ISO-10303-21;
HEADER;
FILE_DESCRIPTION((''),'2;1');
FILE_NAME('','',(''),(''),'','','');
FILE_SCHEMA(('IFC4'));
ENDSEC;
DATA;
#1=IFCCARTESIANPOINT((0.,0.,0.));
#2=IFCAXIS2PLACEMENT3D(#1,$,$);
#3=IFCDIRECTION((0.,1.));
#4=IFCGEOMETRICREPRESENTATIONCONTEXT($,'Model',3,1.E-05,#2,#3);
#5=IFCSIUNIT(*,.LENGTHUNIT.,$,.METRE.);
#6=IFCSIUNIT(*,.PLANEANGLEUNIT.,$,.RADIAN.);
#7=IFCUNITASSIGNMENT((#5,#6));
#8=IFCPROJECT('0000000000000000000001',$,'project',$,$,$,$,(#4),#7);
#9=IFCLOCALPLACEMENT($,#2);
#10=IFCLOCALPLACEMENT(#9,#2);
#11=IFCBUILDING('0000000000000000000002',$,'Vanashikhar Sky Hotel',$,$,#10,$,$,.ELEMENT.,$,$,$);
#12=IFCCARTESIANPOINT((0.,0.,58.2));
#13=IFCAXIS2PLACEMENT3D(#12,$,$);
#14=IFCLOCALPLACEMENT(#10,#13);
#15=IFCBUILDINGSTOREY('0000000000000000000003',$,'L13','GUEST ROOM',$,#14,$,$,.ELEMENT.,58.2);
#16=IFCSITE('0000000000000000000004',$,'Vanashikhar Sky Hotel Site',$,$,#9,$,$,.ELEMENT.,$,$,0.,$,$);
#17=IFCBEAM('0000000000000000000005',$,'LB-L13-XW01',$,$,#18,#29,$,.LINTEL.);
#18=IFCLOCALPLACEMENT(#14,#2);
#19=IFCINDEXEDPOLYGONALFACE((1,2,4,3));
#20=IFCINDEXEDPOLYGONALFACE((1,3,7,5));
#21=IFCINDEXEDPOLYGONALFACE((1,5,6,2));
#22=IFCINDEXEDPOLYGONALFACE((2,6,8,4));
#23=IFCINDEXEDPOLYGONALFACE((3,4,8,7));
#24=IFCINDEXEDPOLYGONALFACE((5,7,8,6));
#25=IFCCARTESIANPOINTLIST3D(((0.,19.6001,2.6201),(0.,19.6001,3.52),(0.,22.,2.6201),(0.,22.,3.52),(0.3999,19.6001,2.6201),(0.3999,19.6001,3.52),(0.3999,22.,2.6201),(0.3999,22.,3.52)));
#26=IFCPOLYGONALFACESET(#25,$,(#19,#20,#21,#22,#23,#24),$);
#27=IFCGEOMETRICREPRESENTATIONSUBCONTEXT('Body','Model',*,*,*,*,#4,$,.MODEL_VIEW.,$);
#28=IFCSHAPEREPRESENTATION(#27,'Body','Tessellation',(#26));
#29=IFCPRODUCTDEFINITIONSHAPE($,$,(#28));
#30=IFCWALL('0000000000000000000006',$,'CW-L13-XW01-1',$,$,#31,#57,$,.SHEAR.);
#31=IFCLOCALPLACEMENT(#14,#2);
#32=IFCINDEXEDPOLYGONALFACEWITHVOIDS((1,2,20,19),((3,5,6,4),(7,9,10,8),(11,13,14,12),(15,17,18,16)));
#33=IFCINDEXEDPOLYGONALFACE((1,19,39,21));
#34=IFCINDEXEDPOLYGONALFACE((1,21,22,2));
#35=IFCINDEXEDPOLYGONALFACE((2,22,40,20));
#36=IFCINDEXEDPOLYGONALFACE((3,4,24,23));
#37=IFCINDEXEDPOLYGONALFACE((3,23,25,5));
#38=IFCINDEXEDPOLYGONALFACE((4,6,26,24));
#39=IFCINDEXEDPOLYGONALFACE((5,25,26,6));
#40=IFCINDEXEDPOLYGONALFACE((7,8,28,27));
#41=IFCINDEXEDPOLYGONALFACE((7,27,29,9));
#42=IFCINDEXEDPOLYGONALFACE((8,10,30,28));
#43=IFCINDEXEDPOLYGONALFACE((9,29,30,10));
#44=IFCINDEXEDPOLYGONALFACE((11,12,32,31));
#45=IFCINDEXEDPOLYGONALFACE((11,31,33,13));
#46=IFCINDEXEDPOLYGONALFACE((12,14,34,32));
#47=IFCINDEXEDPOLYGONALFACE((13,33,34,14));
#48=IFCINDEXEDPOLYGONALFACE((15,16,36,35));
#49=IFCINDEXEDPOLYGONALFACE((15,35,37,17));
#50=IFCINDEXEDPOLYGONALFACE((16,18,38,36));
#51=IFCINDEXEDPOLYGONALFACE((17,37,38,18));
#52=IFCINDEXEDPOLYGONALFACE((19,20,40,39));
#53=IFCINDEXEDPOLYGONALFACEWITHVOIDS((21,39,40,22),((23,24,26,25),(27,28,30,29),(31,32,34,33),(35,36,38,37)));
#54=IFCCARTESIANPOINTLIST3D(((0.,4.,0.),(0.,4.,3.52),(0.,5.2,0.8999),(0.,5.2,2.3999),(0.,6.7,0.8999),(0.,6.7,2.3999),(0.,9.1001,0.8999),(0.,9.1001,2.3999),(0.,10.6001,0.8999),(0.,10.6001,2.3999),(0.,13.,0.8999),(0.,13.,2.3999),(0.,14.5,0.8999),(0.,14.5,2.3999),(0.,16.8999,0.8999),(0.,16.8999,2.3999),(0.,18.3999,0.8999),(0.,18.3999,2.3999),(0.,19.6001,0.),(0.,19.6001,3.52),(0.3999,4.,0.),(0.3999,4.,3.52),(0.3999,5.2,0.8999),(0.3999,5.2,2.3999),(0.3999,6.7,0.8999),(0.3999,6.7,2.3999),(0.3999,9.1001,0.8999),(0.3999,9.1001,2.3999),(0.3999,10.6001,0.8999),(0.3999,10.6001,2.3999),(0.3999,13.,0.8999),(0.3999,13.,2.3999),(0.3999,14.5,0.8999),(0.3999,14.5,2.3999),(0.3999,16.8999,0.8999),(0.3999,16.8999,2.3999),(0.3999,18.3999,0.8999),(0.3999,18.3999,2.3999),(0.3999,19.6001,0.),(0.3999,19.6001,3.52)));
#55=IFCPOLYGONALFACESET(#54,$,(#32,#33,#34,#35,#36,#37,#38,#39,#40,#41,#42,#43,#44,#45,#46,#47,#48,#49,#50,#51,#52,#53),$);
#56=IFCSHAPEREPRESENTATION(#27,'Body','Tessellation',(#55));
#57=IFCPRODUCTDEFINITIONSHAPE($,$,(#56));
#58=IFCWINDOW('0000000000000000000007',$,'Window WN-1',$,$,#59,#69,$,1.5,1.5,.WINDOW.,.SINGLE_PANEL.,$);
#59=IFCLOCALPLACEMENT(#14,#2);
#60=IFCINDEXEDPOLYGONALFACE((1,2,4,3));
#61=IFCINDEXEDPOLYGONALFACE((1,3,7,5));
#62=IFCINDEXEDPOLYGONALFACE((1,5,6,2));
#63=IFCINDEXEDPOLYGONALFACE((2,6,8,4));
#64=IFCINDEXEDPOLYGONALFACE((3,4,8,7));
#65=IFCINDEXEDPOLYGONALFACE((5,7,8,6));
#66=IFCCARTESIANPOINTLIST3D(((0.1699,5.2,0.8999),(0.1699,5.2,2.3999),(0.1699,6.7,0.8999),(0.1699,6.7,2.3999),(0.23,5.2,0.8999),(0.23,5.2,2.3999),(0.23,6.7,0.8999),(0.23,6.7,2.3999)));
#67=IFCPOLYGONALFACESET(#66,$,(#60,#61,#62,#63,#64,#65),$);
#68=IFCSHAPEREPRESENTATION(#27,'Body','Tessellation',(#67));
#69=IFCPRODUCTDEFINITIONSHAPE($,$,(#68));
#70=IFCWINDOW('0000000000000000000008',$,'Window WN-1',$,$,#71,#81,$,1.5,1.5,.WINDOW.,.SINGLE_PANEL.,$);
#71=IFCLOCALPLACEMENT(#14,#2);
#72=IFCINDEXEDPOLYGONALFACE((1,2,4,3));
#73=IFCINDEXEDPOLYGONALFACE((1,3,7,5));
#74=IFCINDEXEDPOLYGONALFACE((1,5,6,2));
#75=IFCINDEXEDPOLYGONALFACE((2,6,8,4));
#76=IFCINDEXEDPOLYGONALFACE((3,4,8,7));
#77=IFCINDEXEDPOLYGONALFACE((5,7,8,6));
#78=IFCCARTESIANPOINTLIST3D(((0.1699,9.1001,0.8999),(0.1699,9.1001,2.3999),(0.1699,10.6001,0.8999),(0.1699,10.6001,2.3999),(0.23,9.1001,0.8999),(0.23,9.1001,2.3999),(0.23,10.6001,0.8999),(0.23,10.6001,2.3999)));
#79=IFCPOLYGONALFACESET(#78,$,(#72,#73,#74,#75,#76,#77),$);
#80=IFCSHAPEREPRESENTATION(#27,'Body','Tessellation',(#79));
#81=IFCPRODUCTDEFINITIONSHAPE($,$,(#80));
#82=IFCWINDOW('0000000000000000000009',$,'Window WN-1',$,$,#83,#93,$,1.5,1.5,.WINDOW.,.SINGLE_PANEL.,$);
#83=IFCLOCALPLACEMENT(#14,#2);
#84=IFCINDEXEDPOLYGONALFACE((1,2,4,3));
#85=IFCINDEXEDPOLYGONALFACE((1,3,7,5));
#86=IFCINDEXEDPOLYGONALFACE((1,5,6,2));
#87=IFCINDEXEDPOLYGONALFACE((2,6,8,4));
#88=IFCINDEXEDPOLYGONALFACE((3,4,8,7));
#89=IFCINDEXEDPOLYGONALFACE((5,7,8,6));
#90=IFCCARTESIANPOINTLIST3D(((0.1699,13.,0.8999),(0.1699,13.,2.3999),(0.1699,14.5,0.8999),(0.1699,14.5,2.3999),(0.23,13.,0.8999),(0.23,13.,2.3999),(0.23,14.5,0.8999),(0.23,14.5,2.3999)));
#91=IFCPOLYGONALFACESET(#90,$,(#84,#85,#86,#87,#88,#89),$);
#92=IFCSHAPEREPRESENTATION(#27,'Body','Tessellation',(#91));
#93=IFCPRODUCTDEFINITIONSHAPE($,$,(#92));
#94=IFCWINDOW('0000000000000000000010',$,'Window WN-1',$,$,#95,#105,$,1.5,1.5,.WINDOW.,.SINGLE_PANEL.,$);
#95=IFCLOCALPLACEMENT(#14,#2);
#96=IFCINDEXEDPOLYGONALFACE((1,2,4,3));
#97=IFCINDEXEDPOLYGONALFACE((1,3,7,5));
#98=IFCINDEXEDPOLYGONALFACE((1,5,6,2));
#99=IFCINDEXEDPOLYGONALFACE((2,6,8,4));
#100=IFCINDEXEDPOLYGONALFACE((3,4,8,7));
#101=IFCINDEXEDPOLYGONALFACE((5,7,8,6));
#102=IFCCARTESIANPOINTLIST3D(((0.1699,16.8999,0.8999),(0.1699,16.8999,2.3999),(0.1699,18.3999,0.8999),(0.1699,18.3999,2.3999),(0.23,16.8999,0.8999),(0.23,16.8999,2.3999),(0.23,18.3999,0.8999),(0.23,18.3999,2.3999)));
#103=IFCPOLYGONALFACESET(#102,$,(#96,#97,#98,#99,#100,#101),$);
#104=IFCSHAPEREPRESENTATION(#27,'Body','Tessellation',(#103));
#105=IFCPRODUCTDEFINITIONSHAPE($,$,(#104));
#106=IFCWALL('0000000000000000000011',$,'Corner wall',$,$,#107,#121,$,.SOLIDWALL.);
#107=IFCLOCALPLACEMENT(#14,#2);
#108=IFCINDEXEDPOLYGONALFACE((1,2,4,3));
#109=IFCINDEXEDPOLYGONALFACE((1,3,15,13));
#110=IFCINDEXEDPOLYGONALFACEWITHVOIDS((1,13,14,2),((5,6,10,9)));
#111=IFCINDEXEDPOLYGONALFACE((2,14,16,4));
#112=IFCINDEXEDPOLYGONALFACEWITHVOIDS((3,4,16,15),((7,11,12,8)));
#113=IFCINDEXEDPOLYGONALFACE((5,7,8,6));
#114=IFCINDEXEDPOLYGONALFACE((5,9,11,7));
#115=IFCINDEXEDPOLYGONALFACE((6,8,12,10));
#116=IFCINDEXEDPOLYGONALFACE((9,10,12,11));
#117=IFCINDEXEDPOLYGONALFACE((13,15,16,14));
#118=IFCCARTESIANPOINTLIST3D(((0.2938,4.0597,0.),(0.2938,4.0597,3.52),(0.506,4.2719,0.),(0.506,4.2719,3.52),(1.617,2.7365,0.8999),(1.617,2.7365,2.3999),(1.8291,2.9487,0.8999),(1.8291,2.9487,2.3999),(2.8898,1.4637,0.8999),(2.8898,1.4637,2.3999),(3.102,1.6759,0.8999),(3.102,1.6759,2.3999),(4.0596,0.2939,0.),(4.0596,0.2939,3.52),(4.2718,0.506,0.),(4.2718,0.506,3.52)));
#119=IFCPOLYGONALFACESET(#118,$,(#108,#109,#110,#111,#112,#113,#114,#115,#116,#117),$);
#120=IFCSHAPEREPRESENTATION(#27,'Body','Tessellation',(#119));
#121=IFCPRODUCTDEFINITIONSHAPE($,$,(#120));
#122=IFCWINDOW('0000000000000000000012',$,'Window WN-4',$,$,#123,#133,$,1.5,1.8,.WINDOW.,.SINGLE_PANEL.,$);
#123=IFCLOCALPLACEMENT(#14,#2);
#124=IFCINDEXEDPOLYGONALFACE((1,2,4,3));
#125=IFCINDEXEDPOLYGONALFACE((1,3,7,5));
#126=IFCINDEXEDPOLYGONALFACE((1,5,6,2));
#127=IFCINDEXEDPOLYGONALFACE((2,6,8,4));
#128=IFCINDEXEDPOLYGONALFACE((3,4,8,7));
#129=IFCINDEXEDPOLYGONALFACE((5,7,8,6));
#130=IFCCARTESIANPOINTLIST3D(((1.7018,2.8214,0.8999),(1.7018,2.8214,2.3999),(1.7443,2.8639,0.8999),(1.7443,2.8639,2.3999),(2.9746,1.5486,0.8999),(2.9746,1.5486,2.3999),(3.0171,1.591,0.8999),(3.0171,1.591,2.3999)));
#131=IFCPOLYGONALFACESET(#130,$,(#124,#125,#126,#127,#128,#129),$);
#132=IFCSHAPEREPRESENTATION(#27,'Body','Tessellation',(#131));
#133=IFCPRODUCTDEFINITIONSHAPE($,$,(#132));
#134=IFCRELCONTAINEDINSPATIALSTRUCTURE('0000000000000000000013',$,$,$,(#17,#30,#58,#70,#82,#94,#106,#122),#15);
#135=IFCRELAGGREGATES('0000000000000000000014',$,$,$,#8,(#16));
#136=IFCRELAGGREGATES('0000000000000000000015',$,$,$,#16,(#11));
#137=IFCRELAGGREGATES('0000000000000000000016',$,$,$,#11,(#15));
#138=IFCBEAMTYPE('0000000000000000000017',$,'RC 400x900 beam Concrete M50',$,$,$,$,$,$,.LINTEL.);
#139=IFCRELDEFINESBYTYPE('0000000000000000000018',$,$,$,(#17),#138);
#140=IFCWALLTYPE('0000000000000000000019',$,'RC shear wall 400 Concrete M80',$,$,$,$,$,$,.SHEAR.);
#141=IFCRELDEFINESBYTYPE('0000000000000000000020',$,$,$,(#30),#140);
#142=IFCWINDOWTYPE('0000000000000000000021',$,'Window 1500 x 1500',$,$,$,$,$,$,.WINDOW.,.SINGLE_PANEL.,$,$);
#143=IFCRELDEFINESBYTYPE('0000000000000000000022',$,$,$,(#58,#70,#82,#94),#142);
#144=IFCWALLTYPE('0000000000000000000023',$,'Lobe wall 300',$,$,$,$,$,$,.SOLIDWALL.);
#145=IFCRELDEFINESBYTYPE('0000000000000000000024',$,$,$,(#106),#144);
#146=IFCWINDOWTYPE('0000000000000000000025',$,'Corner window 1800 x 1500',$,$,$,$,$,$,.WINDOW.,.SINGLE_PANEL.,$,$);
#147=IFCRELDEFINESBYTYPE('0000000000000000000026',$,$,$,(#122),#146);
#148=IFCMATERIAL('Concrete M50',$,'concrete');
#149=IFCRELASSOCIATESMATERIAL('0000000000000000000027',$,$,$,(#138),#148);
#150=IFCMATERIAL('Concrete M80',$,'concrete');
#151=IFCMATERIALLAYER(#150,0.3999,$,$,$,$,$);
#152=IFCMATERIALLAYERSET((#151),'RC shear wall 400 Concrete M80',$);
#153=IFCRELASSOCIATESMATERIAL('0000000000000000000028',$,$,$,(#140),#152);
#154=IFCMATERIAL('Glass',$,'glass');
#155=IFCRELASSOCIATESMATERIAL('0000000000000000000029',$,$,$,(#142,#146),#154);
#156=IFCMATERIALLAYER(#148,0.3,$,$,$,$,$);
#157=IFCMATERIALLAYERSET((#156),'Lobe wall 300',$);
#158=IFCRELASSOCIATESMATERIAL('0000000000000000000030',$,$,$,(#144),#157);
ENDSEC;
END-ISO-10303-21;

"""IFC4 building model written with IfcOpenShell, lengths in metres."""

from ifc_helpers import new_model, si_unit, direction, frame, frame_2d, origin, origin_2d, place, context, subcontext, project, spatial, rectangle, extrude, source, transform, mapped, material, layer, layer_set, material_profile, profile_set, type_object, element, fill, save


model = new_model("IFC4")

# Units and contexts
model_context = context("Model", 3, precision=1e-05, world=origin(), true_north=direction((0.0, 1.0)))
body_context = subcontext(model_context, "Body", "Model", "MODEL_VIEW")
ifc_project = project(units=[si_unit("LENGTHUNIT", "METRE"), si_unit("PLANEANGLEUNIT", "RADIAN")], contexts=[model_context])

# Site, building, storey
site_placement = place(None, origin())
site = spatial("IfcSite", under=ifc_project, at=site_placement, Name="Vanashikhar Sky Hotel Site", CompositionType="ELEMENT", RefElevation=0.0)
building_placement = place(site_placement, origin())
building = spatial("IfcBuilding", under=site, at=building_placement, Name="Vanashikhar Sky Hotel", CompositionType="ELEMENT")
storey_placement = place(building_placement, frame((0.0, 0.0, 58.2)))
storey = spatial("IfcBuildingStorey", under=building, at=storey_placement, Name="L13", Description="GUEST ROOM", CompositionType="ELEMENT", Elevation=58.2)

# Beam
ifc_material_1 = material(Name="Concrete M50", Category="concrete")
ifc_material_profile = material_profile(ifc_material_1, rectangle(XDim=0.3999, YDim=0.8999, at=origin_2d()))
ifc_profile_set = profile_set([ifc_material_profile], Name="RC 400x900 beam Concrete M50")
beam_type = type_object("IfcBeamType", Name="RC 400x900 beam Concrete M50", PredefinedType="LINTEL", material=ifc_profile_set)
shared_shape_1 = source(origin(), body_context, "Body", "SweptSolid", [
    extrude(rectangle(XDim=0.3999, YDim=0.8999, at=origin_2d()), origin(), (0.0, 0.0, 1.0), 2.3999),
])
beam_placement = place(storey_placement, frame((0.2, 19.6001, 3.0701), z_axis=(0.0, 1.0, 0.0), x_axis=(-1.0, 0.0, 0.0)))
element("IfcBeam", 1, at=beam_placement, inside=storey, type_object=beam_type, Name="LB-L13-XW01", PredefinedType="LINTEL", context=body_context, shape_type="MappedRepresentation", body=[
    mapped(shared_shape_1, transform((0.0, 0.0, 0.0), scale=1.0)),
])

# Wall, openings, windows
ifc_material_2 = material(Name="Concrete M80", Category="concrete")
ifc_layer_1 = layer(ifc_material_2, 0.3999)
ifc_layer_set_1 = layer_set([ifc_layer_1], Name="RC shear wall 400 Concrete M80")
wall_type_1 = type_object("IfcWallType", Name="RC shear wall 400 Concrete M80", PredefinedType="SHEAR", material=ifc_layer_set_1)
shared_shape_2 = source(origin(), body_context, "Body", "SweptSolid", [
    extrude(rectangle(XDim=15.6001, YDim=0.3999, at=frame_2d((7.8, 0.0))), origin(), (0.0, 0.0, 1.0), 3.52),
])
wall_1_placement = place(storey_placement, frame((0.2, 4.0, 0.0), z_axis=(0.0, 0.0, 1.0), x_axis=(0.0, 1.0, 0.0)))
wall_1 = element("IfcWall", 2, at=wall_1_placement, inside=storey, type_object=wall_type_1, Name="CW-L13-XW01-1", PredefinedType="SHEAR", context=body_context, shape_type="MappedRepresentation", body=[
    mapped(shared_shape_2, transform((0.0, 0.0, 0.0), scale=1.0)),
])
shared_shape_3 = source(origin(), body_context, "Body", "SweptSolid", [
    extrude(rectangle(XDim=1.5, YDim=1.5, at=frame_2d((0.75, 0.75))), frame((0.0, 0.21, 0.0), z_axis=(0.0, -1.0, 0.0), x_axis=(1.0, 0.0, 0.0)), (0.0, 0.0, 1.0), 0.4199),
])
opening_1_placement = place(wall_1_placement, frame((1.2, 0.0, 0.8999)))
opening_1 = element("IfcOpeningElement", 3, at=opening_1_placement, cuts=wall_1, PredefinedType="OPENING", context=body_context, shape_type="MappedRepresentation", body=[
    mapped(shared_shape_3, transform((0.0, 0.0, 0.0), scale=1.0)),
])
opening_2_placement = place(wall_1_placement, frame((5.1001, 0.0, 0.8999)))
opening_2 = element("IfcOpeningElement", 4, at=opening_2_placement, cuts=wall_1, PredefinedType="OPENING", context=body_context, shape_type="MappedRepresentation", body=[
    mapped(shared_shape_3, transform((0.0, 0.0, 0.0), scale=1.0)),
])
opening_3_placement = place(wall_1_placement, frame((9.0, 0.0, 0.8999)))
opening_3 = element("IfcOpeningElement", 5, at=opening_3_placement, cuts=wall_1, PredefinedType="OPENING", context=body_context, shape_type="MappedRepresentation", body=[
    mapped(shared_shape_3, transform((0.0, 0.0, 0.0), scale=1.0)),
])
opening_4_placement = place(wall_1_placement, frame((12.8999, 0.0, 0.8999)))
opening_4 = element("IfcOpeningElement", 6, at=opening_4_placement, cuts=wall_1, PredefinedType="OPENING", context=body_context, shape_type="MappedRepresentation", body=[
    mapped(shared_shape_3, transform((0.0, 0.0, 0.0), scale=1.0)),
])
ifc_material_3 = material(Name="Glass", Category="glass")
window_type_1 = type_object("IfcWindowType", Name="Window 1500 x 1500", PartitioningType="SINGLE_PANEL", PredefinedType="WINDOW", material=ifc_material_3)
shared_shape_4 = source(origin(), body_context, "Body", "SweptSolid", [
    extrude(rectangle(XDim=1.5, YDim=1.5, at=frame_2d((0.75, 0.75))), frame((0.0, 0.03, 0.0), z_axis=(0.0, -1.0, 0.0), x_axis=(1.0, 0.0, 0.0)), (0.0, 0.0, 1.0), 0.0601),
])
window_1_placement = place(opening_1_placement, origin())
window_1 = element("IfcWindow", 7, at=window_1_placement, inside=storey, type_object=window_type_1, Name="Window WN-1", OverallHeight=1.5, OverallWidth=1.5, PartitioningType="SINGLE_PANEL", PredefinedType="WINDOW", context=body_context, shape_type="MappedRepresentation", body=[
    mapped(shared_shape_4, transform((0.0, 0.0, 0.0), scale=1.0)),
])
fill(opening_1, window_1)
window_2_placement = place(opening_2_placement, origin())
window_2 = element("IfcWindow", 8, at=window_2_placement, inside=storey, type_object=window_type_1, Name="Window WN-1", OverallHeight=1.5, OverallWidth=1.5, PartitioningType="SINGLE_PANEL", PredefinedType="WINDOW", context=body_context, shape_type="MappedRepresentation", body=[
    mapped(shared_shape_4, transform((0.0, 0.0, 0.0), scale=1.0)),
])
fill(opening_2, window_2)
window_3_placement = place(opening_3_placement, origin())
window_3 = element("IfcWindow", 9, at=window_3_placement, inside=storey, type_object=window_type_1, Name="Window WN-1", OverallHeight=1.5, OverallWidth=1.5, PartitioningType="SINGLE_PANEL", PredefinedType="WINDOW", context=body_context, shape_type="MappedRepresentation", body=[
    mapped(shared_shape_4, transform((0.0, 0.0, 0.0), scale=1.0)),
])
fill(opening_3, window_3)
window_4_placement = place(opening_4_placement, origin())
window_4 = element("IfcWindow", 10, at=window_4_placement, inside=storey, type_object=window_type_1, Name="Window WN-1", OverallHeight=1.5, OverallWidth=1.5, PartitioningType="SINGLE_PANEL", PredefinedType="WINDOW", context=body_context, shape_type="MappedRepresentation", body=[
    mapped(shared_shape_4, transform((0.0, 0.0, 0.0), scale=1.0)),
])
fill(opening_4, window_4)

# Wall, opening, window
ifc_layer_2 = layer(ifc_material_1, 0.3)
ifc_layer_set_2 = layer_set([ifc_layer_2], Name="Lobe wall 300")
wall_type_2 = type_object("IfcWallType", Name="Lobe wall 300", PredefinedType="SOLIDWALL", material=ifc_layer_set_2)
shared_shape_5 = source(origin(), body_context, "Body", "SweptSolid", [
    extrude(rectangle(XDim=5.3257, YDim=0.3, at=frame_2d((2.6628, 0.0))), origin(), (0.0, 0.0, 1.0), 3.52),
])
wall_2_placement = place(storey_placement, frame((0.3999, 4.1658, 0.0), z_axis=(0.0, 0.0, 1.0), x_axis=(0.707107, -0.707107, 0.0)))
wall_2 = element("IfcWall", 11, at=wall_2_placement, inside=storey, type_object=wall_type_2, Name="Corner wall", PredefinedType="SOLIDWALL", context=body_context, shape_type="MappedRepresentation", body=[
    mapped(shared_shape_5, transform((0.0, 0.0, 0.0), scale=1.0)),
])
shared_shape_6 = source(origin(), body_context, "Body", "SweptSolid", [
    extrude(rectangle(XDim=1.8, YDim=1.5, at=frame_2d((0.8999, 0.75))), frame((0.0, 0.1602, 0.0), z_axis=(0.0, -1.0, 0.0), x_axis=(1.0, 0.0, 0.0)), (0.0, 0.0, 1.0), 0.3201),
])
opening_5_placement = place(wall_2_placement, frame((1.8713, 0.0, 0.8999)))
opening_5 = element("IfcOpeningElement", 12, at=opening_5_placement, cuts=wall_2, PredefinedType="OPENING", context=body_context, shape_type="MappedRepresentation", body=[
    mapped(shared_shape_6, transform((0.0, 0.0, 0.0), scale=1.0)),
])
window_type_2 = type_object("IfcWindowType", Name="Corner window 1800 x 1500", PartitioningType="SINGLE_PANEL", PredefinedType="WINDOW", material=ifc_material_3)
shared_shape_7 = source(origin(), body_context, "Body", "SweptSolid", [
    extrude(rectangle(XDim=1.8, YDim=1.5, at=frame_2d((0.8999, 0.75))), frame((0.0, 0.03, 0.0), z_axis=(0.0, -1.0, 0.0), x_axis=(1.0, 0.0, 0.0)), (0.0, 0.0, 1.0), 0.0601),
])
window_5_placement = place(opening_5_placement, origin())
window_5 = element("IfcWindow", 13, at=window_5_placement, inside=storey, type_object=window_type_2, Name="Window WN-4", OverallHeight=1.5, OverallWidth=1.8, PartitioningType="SINGLE_PANEL", PredefinedType="WINDOW", context=body_context, shape_type="MappedRepresentation", body=[
    mapped(shared_shape_7, transform((0.0, 0.0, 0.0), scale=1.0)),
])
fill(opening_5, window_5)

save(model, "model.ifc")
